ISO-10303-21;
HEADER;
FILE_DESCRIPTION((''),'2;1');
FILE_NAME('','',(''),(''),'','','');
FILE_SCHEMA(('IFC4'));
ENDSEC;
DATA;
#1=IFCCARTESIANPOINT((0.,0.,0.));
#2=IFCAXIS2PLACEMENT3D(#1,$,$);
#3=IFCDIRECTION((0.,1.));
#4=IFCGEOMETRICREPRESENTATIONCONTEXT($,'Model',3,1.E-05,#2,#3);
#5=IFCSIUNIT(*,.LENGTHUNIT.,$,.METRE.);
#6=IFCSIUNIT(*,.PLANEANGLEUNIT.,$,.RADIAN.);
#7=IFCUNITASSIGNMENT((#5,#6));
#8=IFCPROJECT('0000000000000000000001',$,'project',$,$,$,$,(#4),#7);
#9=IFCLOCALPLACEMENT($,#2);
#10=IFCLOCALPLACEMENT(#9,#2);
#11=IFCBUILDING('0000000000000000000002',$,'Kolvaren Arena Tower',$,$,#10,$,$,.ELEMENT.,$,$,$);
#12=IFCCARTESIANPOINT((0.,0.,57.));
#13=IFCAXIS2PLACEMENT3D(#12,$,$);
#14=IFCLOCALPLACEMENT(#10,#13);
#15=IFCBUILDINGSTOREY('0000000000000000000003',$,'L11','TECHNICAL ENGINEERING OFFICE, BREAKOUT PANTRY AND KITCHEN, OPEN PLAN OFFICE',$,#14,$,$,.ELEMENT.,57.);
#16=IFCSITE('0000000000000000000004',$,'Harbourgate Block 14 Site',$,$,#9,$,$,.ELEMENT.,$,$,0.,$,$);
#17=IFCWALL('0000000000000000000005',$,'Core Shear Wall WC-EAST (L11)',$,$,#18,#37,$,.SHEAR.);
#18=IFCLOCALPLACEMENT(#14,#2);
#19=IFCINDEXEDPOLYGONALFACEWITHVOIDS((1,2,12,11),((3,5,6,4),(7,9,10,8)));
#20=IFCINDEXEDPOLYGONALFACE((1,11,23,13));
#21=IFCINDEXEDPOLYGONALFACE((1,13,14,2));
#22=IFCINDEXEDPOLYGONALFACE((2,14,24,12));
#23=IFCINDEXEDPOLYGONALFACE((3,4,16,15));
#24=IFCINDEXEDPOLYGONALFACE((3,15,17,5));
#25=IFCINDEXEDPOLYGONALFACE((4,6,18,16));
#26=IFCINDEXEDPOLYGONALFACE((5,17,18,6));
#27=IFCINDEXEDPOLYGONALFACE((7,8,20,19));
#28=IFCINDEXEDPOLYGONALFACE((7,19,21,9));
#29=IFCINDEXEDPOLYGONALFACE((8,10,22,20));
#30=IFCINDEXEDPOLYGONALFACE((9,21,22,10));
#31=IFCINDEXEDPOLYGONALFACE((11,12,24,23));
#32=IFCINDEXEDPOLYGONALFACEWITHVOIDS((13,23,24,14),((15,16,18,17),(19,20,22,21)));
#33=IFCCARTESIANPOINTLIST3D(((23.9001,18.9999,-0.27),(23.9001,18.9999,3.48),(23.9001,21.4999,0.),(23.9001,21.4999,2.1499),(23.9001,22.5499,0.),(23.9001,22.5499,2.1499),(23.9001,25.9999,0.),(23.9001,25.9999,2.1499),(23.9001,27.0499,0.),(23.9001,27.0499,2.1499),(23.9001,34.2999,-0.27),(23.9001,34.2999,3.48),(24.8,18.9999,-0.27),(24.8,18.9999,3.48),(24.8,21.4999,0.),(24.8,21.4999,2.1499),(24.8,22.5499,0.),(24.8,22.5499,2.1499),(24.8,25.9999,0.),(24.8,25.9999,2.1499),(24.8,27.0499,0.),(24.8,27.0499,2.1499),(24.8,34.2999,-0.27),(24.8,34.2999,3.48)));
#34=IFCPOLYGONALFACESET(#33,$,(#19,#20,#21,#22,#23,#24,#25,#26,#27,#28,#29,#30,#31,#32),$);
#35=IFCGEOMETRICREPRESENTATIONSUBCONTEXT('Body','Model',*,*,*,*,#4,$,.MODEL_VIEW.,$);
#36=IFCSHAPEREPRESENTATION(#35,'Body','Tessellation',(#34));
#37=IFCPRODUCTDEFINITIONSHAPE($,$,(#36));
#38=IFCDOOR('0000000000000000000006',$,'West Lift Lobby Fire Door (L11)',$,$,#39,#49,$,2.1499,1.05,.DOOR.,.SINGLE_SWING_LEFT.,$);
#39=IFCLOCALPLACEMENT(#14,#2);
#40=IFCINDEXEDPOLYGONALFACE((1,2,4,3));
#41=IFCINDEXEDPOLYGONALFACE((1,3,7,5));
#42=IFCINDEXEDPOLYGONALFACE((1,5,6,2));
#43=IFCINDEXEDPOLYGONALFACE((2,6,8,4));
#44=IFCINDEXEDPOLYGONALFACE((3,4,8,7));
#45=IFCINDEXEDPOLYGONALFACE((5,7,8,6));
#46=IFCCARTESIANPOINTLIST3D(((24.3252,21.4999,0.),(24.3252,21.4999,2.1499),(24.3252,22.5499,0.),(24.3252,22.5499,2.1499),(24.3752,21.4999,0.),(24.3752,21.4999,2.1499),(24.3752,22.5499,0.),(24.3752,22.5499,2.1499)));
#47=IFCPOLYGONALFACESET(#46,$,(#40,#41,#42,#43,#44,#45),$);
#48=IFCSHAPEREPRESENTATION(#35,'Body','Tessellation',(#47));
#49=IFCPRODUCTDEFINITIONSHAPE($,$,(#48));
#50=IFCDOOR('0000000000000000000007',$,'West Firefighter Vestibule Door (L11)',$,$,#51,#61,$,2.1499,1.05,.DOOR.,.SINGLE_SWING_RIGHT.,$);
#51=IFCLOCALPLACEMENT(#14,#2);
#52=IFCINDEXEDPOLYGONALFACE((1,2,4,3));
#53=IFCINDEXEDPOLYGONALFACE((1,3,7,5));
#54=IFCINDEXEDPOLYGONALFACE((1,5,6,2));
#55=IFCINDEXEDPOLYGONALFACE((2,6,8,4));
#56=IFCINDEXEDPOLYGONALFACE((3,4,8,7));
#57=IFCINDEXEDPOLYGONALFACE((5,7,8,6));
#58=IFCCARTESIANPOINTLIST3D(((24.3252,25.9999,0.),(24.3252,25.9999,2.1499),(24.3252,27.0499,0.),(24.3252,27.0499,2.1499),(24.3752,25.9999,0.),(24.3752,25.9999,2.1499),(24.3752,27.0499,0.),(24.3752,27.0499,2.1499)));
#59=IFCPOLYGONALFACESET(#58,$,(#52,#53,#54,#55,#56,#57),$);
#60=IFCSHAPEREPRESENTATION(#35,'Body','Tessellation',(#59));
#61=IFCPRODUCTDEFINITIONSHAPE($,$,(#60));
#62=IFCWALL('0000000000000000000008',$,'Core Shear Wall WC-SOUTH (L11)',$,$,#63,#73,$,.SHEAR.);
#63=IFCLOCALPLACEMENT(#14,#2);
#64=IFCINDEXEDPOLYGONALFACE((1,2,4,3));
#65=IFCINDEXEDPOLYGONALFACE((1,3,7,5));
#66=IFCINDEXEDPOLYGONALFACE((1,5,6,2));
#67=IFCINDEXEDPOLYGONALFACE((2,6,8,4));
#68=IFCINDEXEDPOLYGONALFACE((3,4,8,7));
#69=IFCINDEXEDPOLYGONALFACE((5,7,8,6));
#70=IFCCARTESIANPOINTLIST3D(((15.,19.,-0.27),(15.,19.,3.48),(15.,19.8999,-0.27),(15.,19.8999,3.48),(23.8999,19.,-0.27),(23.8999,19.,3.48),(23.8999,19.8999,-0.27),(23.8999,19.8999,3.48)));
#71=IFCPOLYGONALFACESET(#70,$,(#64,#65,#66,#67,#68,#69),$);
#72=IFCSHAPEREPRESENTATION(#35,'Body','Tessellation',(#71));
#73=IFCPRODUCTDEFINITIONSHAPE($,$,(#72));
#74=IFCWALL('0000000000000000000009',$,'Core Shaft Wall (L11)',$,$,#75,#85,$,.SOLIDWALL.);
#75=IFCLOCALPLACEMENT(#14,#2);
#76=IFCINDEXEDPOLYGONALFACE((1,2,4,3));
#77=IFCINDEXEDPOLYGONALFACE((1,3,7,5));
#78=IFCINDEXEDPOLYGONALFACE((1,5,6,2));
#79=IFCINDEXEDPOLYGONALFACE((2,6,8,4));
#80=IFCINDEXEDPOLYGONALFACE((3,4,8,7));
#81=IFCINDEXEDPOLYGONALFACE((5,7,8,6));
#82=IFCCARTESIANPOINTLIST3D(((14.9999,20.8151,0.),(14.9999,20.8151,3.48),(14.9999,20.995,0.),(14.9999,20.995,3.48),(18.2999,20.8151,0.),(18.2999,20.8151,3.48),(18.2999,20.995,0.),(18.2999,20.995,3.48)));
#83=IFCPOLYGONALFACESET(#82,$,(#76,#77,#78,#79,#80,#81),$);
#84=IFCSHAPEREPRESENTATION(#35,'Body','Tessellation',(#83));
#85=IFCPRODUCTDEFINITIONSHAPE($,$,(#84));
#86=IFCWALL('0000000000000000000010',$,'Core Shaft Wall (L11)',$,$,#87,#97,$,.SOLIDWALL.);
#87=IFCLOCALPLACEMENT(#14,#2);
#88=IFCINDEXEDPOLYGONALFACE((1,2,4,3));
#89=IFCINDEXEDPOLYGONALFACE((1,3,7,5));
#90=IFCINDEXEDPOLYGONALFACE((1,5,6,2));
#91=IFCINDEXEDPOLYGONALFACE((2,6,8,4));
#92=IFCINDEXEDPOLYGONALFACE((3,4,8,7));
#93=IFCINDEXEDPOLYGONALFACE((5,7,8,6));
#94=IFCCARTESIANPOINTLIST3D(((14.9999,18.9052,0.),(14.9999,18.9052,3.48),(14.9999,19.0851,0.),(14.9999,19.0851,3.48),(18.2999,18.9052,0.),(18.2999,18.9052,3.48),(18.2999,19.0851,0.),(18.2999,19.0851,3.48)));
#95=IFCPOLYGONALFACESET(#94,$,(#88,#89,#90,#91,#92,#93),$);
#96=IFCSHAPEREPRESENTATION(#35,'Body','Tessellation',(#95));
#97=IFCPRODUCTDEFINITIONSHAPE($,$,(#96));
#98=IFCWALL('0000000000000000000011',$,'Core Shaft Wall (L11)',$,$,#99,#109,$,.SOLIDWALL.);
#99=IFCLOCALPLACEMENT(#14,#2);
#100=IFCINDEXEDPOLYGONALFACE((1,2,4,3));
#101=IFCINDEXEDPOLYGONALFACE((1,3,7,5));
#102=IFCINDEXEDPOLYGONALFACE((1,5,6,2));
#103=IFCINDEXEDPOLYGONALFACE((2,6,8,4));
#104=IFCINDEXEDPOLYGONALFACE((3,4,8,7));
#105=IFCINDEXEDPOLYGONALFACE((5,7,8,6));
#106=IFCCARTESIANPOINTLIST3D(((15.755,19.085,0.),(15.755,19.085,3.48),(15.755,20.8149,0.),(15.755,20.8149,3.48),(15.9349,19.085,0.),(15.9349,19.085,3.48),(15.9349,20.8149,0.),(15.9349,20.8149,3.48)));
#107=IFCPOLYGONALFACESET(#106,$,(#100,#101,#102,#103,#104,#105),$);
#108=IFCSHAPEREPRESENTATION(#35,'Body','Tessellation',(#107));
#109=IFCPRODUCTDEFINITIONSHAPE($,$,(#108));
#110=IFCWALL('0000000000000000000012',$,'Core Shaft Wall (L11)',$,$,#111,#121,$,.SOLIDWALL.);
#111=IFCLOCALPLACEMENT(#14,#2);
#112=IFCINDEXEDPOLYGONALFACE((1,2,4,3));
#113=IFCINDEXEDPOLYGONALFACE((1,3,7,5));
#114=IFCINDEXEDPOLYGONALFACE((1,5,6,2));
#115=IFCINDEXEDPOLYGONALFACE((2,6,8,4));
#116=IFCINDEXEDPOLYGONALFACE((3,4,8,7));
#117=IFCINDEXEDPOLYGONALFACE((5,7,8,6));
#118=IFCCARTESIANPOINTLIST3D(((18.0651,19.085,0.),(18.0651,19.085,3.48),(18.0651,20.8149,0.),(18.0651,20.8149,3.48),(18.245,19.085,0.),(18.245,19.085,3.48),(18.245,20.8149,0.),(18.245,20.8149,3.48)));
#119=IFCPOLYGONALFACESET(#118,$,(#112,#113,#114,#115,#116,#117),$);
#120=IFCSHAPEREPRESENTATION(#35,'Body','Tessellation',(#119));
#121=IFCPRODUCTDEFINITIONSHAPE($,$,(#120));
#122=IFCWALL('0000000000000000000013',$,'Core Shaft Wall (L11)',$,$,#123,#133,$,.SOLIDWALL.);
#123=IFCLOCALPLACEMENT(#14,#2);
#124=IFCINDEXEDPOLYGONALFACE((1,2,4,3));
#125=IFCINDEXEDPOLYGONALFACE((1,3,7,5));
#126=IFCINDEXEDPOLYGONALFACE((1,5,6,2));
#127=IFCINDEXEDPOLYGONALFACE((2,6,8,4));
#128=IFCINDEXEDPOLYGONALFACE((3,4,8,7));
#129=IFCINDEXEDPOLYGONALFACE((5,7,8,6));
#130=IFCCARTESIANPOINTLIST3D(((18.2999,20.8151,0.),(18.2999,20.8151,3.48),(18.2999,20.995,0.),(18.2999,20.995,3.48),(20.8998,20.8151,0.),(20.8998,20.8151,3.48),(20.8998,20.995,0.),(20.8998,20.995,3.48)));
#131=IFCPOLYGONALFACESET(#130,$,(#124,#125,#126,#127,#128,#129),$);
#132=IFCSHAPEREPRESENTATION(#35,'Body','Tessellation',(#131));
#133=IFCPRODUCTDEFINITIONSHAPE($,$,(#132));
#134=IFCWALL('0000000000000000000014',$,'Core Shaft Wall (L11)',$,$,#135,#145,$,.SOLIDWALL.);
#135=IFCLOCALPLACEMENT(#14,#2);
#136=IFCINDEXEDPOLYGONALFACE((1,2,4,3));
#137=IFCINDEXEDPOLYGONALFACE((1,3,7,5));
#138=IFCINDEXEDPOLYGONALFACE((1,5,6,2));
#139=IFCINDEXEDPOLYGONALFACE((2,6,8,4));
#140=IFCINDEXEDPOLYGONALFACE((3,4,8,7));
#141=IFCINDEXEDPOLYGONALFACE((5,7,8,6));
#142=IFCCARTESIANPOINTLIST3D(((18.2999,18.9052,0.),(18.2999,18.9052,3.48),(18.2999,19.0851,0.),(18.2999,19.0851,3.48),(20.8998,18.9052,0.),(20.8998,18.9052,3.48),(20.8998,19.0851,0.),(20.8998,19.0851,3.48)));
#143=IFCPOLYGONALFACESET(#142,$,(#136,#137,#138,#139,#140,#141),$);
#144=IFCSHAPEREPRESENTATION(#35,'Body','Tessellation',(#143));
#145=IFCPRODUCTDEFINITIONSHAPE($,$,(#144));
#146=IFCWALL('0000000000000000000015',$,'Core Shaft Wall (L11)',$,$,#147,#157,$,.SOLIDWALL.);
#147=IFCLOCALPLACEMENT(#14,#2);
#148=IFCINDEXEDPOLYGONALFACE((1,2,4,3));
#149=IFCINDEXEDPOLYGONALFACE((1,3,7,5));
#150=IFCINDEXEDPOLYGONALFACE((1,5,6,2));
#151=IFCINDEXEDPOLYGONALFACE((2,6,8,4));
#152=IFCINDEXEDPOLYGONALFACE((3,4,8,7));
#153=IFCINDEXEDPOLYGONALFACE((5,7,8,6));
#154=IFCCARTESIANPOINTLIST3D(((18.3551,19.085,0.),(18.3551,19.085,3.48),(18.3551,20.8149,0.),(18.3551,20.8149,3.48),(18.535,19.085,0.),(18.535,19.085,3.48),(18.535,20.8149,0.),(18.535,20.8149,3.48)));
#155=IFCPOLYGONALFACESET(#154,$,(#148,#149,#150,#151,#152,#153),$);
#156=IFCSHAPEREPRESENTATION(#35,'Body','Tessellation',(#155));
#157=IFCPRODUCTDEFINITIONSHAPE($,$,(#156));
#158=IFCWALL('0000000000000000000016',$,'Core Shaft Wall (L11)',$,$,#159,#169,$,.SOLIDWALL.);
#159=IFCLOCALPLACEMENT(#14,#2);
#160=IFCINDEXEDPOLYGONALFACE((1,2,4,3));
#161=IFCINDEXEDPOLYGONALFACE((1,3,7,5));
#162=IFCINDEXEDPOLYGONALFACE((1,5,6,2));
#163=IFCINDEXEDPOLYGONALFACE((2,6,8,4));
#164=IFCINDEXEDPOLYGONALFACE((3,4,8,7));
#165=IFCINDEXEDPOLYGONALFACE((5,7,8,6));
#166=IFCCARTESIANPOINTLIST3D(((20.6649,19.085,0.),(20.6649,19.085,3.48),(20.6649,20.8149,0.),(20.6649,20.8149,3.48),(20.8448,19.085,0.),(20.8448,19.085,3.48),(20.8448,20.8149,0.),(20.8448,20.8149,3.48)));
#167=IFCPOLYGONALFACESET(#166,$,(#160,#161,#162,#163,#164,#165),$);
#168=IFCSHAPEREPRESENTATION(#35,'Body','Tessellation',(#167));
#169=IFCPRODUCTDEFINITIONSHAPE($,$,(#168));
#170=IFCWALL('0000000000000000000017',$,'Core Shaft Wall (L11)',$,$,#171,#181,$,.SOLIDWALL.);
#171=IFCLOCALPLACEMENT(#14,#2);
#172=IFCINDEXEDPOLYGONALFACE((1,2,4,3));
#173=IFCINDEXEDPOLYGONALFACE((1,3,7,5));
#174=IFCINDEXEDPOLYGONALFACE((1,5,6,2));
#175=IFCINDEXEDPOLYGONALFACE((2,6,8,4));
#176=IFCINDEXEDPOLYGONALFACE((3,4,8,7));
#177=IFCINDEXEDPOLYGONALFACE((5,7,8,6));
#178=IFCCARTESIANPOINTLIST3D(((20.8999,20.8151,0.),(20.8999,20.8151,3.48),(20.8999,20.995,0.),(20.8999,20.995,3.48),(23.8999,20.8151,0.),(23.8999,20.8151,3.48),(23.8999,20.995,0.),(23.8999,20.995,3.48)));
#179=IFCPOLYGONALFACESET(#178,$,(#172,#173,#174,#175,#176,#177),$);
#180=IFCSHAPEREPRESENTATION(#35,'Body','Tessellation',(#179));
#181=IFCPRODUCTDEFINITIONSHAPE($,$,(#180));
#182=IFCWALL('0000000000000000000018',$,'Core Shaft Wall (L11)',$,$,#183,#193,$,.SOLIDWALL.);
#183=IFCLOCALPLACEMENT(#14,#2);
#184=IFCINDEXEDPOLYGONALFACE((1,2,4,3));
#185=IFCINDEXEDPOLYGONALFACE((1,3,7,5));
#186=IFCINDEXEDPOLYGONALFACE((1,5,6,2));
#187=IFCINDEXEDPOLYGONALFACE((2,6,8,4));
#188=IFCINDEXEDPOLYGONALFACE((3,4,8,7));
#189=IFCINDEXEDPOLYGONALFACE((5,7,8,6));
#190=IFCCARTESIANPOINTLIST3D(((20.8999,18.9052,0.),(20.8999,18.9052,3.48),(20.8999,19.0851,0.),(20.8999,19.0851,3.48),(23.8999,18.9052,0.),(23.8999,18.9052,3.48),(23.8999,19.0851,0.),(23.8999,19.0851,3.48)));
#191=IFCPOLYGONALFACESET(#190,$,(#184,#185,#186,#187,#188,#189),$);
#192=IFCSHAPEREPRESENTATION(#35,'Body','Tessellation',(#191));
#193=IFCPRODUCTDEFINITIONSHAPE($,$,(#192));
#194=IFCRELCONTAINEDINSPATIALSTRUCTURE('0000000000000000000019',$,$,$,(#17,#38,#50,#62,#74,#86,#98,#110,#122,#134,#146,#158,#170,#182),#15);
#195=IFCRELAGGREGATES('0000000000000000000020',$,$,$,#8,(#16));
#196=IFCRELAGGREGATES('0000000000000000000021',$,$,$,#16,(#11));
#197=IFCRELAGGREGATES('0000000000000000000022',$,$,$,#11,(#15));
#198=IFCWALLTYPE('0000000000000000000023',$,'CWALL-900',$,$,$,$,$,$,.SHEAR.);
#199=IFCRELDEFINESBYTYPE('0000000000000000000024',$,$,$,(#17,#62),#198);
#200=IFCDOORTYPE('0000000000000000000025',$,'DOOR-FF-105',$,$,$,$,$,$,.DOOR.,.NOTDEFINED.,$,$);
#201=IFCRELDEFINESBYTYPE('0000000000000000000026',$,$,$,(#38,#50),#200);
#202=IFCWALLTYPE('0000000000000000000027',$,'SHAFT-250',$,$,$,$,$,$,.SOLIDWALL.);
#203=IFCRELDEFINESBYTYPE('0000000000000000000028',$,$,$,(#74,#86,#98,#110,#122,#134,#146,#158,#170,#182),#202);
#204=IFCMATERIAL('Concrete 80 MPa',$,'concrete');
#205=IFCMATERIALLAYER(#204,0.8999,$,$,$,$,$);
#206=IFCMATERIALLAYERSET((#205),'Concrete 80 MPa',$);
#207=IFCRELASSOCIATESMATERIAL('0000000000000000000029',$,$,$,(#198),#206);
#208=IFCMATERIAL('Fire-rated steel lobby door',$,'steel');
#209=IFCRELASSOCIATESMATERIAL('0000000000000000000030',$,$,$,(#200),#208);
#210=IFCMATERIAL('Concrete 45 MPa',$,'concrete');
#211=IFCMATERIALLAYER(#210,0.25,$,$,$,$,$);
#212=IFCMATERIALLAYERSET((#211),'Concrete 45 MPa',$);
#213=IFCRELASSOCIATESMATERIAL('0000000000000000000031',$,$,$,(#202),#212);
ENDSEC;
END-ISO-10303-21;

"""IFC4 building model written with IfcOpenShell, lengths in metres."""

from ifc_helpers import new_model, si_unit, direction, frame, frame_2d, origin, place, context, subcontext, project, spatial, rectangle, extrude, material, layer, layer_set, type_object, element, fill, save


model = new_model("IFC4")

# Units and contexts
model_context = context("Model", 3, precision=1e-05, world=origin(), true_north=direction((0.0, 1.0)))
body_context = subcontext(model_context, "Body", "Model", "MODEL_VIEW")
ifc_project = project(units=[si_unit("LENGTHUNIT", "METRE"), si_unit("PLANEANGLEUNIT", "RADIAN")], contexts=[model_context])

# Site, building, storey
site_placement = place(None, origin())
site = spatial("IfcSite", under=ifc_project, at=site_placement, Name="Harbourgate Block 14 Site", CompositionType="ELEMENT", RefElevation=0.0)
building_placement = place(site_placement, origin())
building = spatial("IfcBuilding", under=site, at=building_placement, Name="Kolvaren Arena Tower", CompositionType="ELEMENT")
storey_placement = place(building_placement, frame((0.0, 0.0, 57.0)))
storey = spatial("IfcBuildingStorey", under=building, at=storey_placement, Name="L11", Description="TECHNICAL ENGINEERING OFFICE, BREAKOUT PANTRY AND KITCHEN, OPEN PLAN OFFICE", CompositionType="ELEMENT", Elevation=57.0)

# Wall, openings, doors
ifc_material_1 = material(Name="Concrete 80 MPa", Category="concrete")
ifc_layer_1 = layer(ifc_material_1, 0.8999)
ifc_layer_set_1 = layer_set([ifc_layer_1], Name="Concrete 80 MPa")
wall_type_1 = type_object("IfcWallType", Name="CWALL-900", PredefinedType="SHEAR", material=ifc_layer_set_1)
wall_1_placement = place(storey_placement, frame((24.3501, 19.0, -0.27), z_axis=(0.0, 0.0, 1.0), x_axis=(0.0, 1.0, 0.0)))
wall_1 = element("IfcWall", 1, at=wall_1_placement, inside=storey, type_object=wall_type_1, Name="Core Shear Wall WC-EAST (L11)", PredefinedType="SHEAR", context=body_context, shape_type="SweptSolid", body=[
    extrude(rectangle(XDim=15.3, YDim=0.8999, at=frame_2d((7.6499, 0.0))), origin(), (0.0, 0.0, 1.0), 3.75),
])
opening_1_placement = place(wall_1_placement, frame((2.5, 0.0, 0.27)))
opening_1 = element("IfcOpeningElement", 2, at=opening_1_placement, cuts=wall_1, PredefinedType="OPENING", context=body_context, shape_type="SweptSolid", body=[
    extrude(rectangle(XDim=1.05, YDim=2.1499, at=frame_2d((0.5249, 1.075))), frame((0.0, 0.46, 0.0), z_axis=(0.0, -1.0, 0.0), x_axis=(1.0, 0.0, 0.0)), (0.0, 0.0, 1.0), 0.9199),
])
opening_2_placement = place(wall_1_placement, frame((7.0, 0.0, 0.27)))
opening_2 = element("IfcOpeningElement", 3, at=opening_2_placement, cuts=wall_1, PredefinedType="OPENING", context=body_context, shape_type="SweptSolid", body=[
    extrude(rectangle(XDim=1.05, YDim=2.1499, at=frame_2d((0.5249, 1.075))), frame((0.0, 0.46, 0.0), z_axis=(0.0, -1.0, 0.0), x_axis=(1.0, 0.0, 0.0)), (0.0, 0.0, 1.0), 0.9199),
])
ifc_material_2 = material(Name="Fire-rated steel lobby door", Category="steel")
door_type = type_object("IfcDoorType", Name="DOOR-FF-105", OperationType="NOTDEFINED", PredefinedType="DOOR", material=ifc_material_2)
door_1_placement = place(opening_1_placement, origin())
door_1 = element("IfcDoor", 4, at=door_1_placement, inside=storey, type_object=door_type, Name="West Lift Lobby Fire Door (L11)", OperationType="SINGLE_SWING_LEFT", OverallHeight=2.1499, OverallWidth=1.05, PredefinedType="DOOR", context=body_context, shape_type="SweptSolid", body=[
    extrude(rectangle(XDim=1.05, YDim=2.1499, at=frame_2d((0.5249, 1.075))), frame((0.0, 0.0249, 0.0), z_axis=(0.0, -1.0, 0.0), x_axis=(1.0, 0.0, 0.0)), (0.0, 0.0, 1.0), 0.05),
])
fill(opening_1, door_1)
door_2_placement = place(opening_2_placement, origin())
door_2 = element("IfcDoor", 5, at=door_2_placement, inside=storey, type_object=door_type, Name="West Firefighter Vestibule Door (L11)", OperationType="SINGLE_SWING_RIGHT", OverallHeight=2.1499, OverallWidth=1.05, PredefinedType="DOOR", context=body_context, shape_type="SweptSolid", body=[
    extrude(rectangle(XDim=1.05, YDim=2.1499, at=frame_2d((0.5249, 1.075))), frame((0.0, 0.0249, 0.0), z_axis=(0.0, -1.0, 0.0), x_axis=(1.0, 0.0, 0.0)), (0.0, 0.0, 1.0), 0.05),
])
fill(opening_2, door_2)

# Walls
wall_2_placement = place(storey_placement, frame((15.0, 19.45, -0.27), z_axis=(0.0, 0.0, 1.0), x_axis=(1.0, 0.0, 0.0)))
element("IfcWall", 6, at=wall_2_placement, inside=storey, type_object=wall_type_1, Name="Core Shear Wall WC-SOUTH (L11)", PredefinedType="SHEAR", context=body_context, shape_type="SweptSolid", body=[
    extrude(rectangle(XDim=8.8999, YDim=0.8999, at=frame_2d((4.45, 0.0))), origin(), (0.0, 0.0, 1.0), 3.75),
])
ifc_material_3 = material(Name="Concrete 45 MPa", Category="concrete")
ifc_layer_2 = layer(ifc_material_3, 0.25)
ifc_layer_set_2 = layer_set([ifc_layer_2], Name="Concrete 45 MPa")
wall_type_2 = type_object("IfcWallType", Name="SHAFT-250", PredefinedType="SOLIDWALL", material=ifc_layer_set_2)
for number, where, z_axis, x_axis, name in (
    (7, (15.0, 20.905, 0.0), (0.0, 0.0, 1.0), (1.0, 0.0, 0.0), "Core Shaft Wall (L11)"),
    (8, (15.0, 18.9951, 0.0), (0.0, 0.0, 1.0), (1.0, 0.0, 0.0), "Core Shaft Wall (L11)"),
):
    element("IfcWall", number, at=place(storey_placement, frame(where, z_axis=z_axis, x_axis=x_axis)), inside=storey, type_object=wall_type_2, Name=name, PredefinedType="SOLIDWALL", context=body_context, shape_type="SweptSolid", body=[
        extrude(rectangle(XDim=3.3, YDim=0.1799, at=frame_2d((1.6499, 0.0))), origin(), (0.0, 0.0, 1.0), 3.48),
    ])
for number, where, z_axis, x_axis, name in (
    (9, (15.845, 19.085, 0.0), (0.0, 0.0, 1.0), (0.0, 1.0, 0.0), "Core Shaft Wall (L11)"),
    (10, (18.155, 19.085, 0.0), (0.0, 0.0, 1.0), (0.0, 1.0, 0.0), "Core Shaft Wall (L11)"),
):
    element("IfcWall", number, at=place(storey_placement, frame(where, z_axis=z_axis, x_axis=x_axis)), inside=storey, type_object=wall_type_2, Name=name, PredefinedType="SOLIDWALL", context=body_context, shape_type="SweptSolid", body=[
        extrude(rectangle(XDim=1.73, YDim=0.1799, at=frame_2d((0.865, 0.0))), origin(), (0.0, 0.0, 1.0), 3.48),
    ])
for number, where, z_axis, x_axis, name in (
    (11, (18.3, 20.905, 0.0), (0.0, 0.0, 1.0), (1.0, 0.0, 0.0), "Core Shaft Wall (L11)"),
    (12, (18.3, 18.9951, 0.0), (0.0, 0.0, 1.0), (1.0, 0.0, 0.0), "Core Shaft Wall (L11)"),
):
    element("IfcWall", number, at=place(storey_placement, frame(where, z_axis=z_axis, x_axis=x_axis)), inside=storey, type_object=wall_type_2, Name=name, PredefinedType="SOLIDWALL", context=body_context, shape_type="SweptSolid", body=[
        extrude(rectangle(XDim=2.5999, YDim=0.1799, at=frame_2d((1.2998, 0.0))), origin(), (0.0, 0.0, 1.0), 3.48),
    ])
for number, where, z_axis, x_axis, name in (
    (13, (18.4451, 19.085, 0.0), (0.0, 0.0, 1.0), (0.0, 1.0, 0.0), "Core Shaft Wall (L11)"),
    (14, (20.7549, 19.085, 0.0), (0.0, 0.0, 1.0), (0.0, 1.0, 0.0), "Core Shaft Wall (L11)"),
):
    element("IfcWall", number, at=place(storey_placement, frame(where, z_axis=z_axis, x_axis=x_axis)), inside=storey, type_object=wall_type_2, Name=name, PredefinedType="SOLIDWALL", context=body_context, shape_type="SweptSolid", body=[
        extrude(rectangle(XDim=1.73, YDim=0.1799, at=frame_2d((0.865, 0.0))), origin(), (0.0, 0.0, 1.0), 3.48),
    ])
for number, where, z_axis, x_axis, name in (
    (15, (20.8999, 20.905, 0.0), (0.0, 0.0, 1.0), (1.0, 0.0, 0.0), "Core Shaft Wall (L11)"),
    (16, (20.8999, 18.9951, 0.0), (0.0, 0.0, 1.0), (1.0, 0.0, 0.0), "Core Shaft Wall (L11)"),
):
    element("IfcWall", number, at=place(storey_placement, frame(where, z_axis=z_axis, x_axis=x_axis)), inside=storey, type_object=wall_type_2, Name=name, PredefinedType="SOLIDWALL", context=body_context, shape_type="SweptSolid", body=[
        extrude(rectangle(XDim=3.0, YDim=0.1799, at=frame_2d((1.5, 0.0))), origin(), (0.0, 0.0, 1.0), 3.48),
    ])

save(model, "model.ifc")
